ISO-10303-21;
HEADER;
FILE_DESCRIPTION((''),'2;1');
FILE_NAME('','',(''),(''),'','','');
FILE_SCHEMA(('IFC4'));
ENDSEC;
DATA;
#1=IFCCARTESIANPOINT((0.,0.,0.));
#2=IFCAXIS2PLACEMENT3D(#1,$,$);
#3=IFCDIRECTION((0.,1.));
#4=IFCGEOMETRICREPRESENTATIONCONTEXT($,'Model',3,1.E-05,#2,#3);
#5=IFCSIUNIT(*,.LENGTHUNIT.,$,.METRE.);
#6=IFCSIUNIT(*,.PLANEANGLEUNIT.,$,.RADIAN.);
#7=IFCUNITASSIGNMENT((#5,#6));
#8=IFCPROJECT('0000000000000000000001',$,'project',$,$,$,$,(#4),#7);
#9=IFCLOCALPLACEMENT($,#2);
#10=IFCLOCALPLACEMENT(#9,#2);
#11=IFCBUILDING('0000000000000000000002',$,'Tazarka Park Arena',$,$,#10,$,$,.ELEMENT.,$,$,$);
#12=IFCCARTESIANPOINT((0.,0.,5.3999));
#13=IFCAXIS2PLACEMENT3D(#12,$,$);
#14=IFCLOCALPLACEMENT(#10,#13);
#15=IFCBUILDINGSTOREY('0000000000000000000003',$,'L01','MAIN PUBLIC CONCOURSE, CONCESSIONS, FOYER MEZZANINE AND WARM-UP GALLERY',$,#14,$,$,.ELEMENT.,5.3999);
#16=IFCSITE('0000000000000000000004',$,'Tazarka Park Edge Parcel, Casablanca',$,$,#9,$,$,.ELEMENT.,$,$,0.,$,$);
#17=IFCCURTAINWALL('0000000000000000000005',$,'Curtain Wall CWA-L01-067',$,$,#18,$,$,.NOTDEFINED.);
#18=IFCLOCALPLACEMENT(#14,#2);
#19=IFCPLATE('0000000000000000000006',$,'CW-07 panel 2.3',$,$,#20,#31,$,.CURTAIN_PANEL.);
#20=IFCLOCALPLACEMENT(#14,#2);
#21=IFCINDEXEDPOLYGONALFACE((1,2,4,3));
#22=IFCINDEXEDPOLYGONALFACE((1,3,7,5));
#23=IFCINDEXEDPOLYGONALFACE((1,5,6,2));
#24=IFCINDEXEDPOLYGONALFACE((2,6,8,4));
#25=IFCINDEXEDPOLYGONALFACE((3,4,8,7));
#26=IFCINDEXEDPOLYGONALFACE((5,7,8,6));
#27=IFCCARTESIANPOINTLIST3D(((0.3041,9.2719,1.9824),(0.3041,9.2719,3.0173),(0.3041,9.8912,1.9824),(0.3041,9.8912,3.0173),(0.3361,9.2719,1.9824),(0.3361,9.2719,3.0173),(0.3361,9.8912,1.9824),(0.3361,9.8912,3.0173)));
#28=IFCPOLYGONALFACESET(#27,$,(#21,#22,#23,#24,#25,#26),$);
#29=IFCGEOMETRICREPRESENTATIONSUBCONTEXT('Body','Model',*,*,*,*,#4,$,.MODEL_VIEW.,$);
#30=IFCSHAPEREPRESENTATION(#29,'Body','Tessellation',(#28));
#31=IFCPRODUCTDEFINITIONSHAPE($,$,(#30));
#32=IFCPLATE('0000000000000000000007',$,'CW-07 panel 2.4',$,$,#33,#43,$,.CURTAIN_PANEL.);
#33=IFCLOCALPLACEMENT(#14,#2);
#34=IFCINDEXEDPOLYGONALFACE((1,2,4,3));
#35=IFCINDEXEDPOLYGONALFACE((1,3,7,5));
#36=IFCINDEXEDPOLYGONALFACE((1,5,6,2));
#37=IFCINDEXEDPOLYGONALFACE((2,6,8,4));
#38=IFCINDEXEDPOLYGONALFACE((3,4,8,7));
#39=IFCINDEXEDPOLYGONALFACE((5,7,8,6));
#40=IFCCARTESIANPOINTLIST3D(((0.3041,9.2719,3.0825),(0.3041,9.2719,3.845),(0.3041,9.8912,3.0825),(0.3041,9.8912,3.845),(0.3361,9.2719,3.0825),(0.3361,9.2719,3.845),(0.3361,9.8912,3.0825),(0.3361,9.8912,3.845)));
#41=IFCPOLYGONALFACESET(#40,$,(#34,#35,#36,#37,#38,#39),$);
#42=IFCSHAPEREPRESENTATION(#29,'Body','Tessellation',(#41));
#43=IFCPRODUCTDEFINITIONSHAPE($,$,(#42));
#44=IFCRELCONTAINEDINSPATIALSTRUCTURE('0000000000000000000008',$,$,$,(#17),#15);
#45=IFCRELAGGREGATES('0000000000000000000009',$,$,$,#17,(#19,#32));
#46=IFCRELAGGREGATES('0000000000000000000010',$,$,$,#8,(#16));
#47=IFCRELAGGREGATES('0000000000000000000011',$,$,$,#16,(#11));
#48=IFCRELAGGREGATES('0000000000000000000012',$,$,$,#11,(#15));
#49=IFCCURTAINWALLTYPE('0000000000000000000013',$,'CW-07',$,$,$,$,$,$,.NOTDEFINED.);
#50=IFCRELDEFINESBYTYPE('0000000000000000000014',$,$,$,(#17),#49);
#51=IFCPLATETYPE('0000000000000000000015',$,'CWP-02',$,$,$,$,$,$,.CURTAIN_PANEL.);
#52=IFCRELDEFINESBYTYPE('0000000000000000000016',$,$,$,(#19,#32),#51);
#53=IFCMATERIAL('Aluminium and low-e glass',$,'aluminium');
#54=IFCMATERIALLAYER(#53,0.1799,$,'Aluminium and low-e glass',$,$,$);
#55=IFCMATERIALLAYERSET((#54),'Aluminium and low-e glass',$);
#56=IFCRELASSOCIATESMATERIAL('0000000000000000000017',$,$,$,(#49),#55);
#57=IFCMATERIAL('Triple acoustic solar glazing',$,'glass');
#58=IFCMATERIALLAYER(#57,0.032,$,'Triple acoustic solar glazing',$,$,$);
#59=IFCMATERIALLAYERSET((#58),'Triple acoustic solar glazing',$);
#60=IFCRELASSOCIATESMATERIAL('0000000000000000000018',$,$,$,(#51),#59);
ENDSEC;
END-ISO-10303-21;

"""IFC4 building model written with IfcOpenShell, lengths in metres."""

from ifc_helpers import new_model, si_unit, direction, frame, origin, origin_2d, place, context, subcontext, project, spatial, rectangle, extrude, material, layer, layer_set, type_object, element, aggregate, save


model = new_model("IFC4")

# Units and contexts
model_context = context("Model", 3, precision=1e-05, world=origin(), true_north=direction((0.0, 1.0)))
body_context = subcontext(model_context, "Body", "Model", "MODEL_VIEW")
ifc_project = project(units=[si_unit("LENGTHUNIT", "METRE"), si_unit("PLANEANGLEUNIT", "RADIAN")], contexts=[model_context])

# Site, building, storey
site_placement = place(None, origin())
site = spatial("IfcSite", under=ifc_project, at=site_placement, Name="Tazarka Park Edge Parcel, Casablanca", CompositionType="ELEMENT", RefElevation=0.0)
building_placement = place(site_placement, origin())
building = spatial("IfcBuilding", under=site, at=building_placement, Name="Tazarka Park Arena", CompositionType="ELEMENT")
storey_placement = place(building_placement, frame((0.0, 0.0, 5.3999)))
storey = spatial("IfcBuildingStorey", under=building, at=storey_placement, Name="L01", Description="MAIN PUBLIC CONCOURSE, CONCESSIONS, FOYER MEZZANINE AND WARM-UP GALLERY", CompositionType="ELEMENT", Elevation=5.3999)

# Curtain wall
ifc_material_1 = material(Name="Aluminium and low-e glass", Category="aluminium")
ifc_layer_1 = layer(ifc_material_1, 0.1799, Name="Aluminium and low-e glass")
ifc_layer_set_1 = layer_set([ifc_layer_1], Name="Aluminium and low-e glass")
curtain_wall_type_1 = type_object("IfcCurtainWallType", Name="CW-07", PredefinedType="NOTDEFINED", material=ifc_layer_set_1)
curtain_wall_1_placement = place(storey_placement, origin())
curtain_wall_1 = element("IfcCurtainWall", 1, at=curtain_wall_1_placement, inside=storey, type_object=curtain_wall_type_1, Name="Curtain Wall CWA-L01-067", PredefinedType="NOTDEFINED")

# Plates
ifc_material_2 = material(Name="Triple acoustic solar glazing", Category="glass")
ifc_layer_2 = layer(ifc_material_2, 0.032, Name="Triple acoustic solar glazing")
ifc_layer_set_2 = layer_set([ifc_layer_2], Name="Triple acoustic solar glazing")
plate_type_1 = type_object("IfcPlateType", Name="CWP-02", PredefinedType="CURTAIN_PANEL", material=ifc_layer_set_2)
plate_1_placement = place(storey_placement, frame((0.3201, 9.5815, 1.9824), z_axis=(0.0, 0.0, 1.0), x_axis=(0.0, 1.0, 0.0)))
plate_1 = element("IfcPlate", 2, at=plate_1_placement, type_object=plate_type_1, Name="CW-07 panel 2.3", PredefinedType="CURTAIN_PANEL", context=body_context, shape_type="SweptSolid", body=[
    extrude(rectangle(XDim=0.6194, YDim=0.032, at=origin_2d()), origin(), (0.0, 0.0, 1.0), 1.0349),
])
plate_2_placement = place(storey_placement, frame((0.3201, 9.5815, 3.0825), z_axis=(0.0, 0.0, 1.0), x_axis=(0.0, 1.0, 0.0)))
plate_2 = element("IfcPlate", 3, at=plate_2_placement, type_object=plate_type_1, Name="CW-07 panel 2.4", PredefinedType="CURTAIN_PANEL", context=body_context, shape_type="SweptSolid", body=[
    extrude(rectangle(XDim=0.6194, YDim=0.032, at=origin_2d()), origin(), (0.0, 0.0, 1.0), 0.7625),
])
aggregate(curtain_wall_1, [plate_1, plate_2])

save(model, "model.ifc")
